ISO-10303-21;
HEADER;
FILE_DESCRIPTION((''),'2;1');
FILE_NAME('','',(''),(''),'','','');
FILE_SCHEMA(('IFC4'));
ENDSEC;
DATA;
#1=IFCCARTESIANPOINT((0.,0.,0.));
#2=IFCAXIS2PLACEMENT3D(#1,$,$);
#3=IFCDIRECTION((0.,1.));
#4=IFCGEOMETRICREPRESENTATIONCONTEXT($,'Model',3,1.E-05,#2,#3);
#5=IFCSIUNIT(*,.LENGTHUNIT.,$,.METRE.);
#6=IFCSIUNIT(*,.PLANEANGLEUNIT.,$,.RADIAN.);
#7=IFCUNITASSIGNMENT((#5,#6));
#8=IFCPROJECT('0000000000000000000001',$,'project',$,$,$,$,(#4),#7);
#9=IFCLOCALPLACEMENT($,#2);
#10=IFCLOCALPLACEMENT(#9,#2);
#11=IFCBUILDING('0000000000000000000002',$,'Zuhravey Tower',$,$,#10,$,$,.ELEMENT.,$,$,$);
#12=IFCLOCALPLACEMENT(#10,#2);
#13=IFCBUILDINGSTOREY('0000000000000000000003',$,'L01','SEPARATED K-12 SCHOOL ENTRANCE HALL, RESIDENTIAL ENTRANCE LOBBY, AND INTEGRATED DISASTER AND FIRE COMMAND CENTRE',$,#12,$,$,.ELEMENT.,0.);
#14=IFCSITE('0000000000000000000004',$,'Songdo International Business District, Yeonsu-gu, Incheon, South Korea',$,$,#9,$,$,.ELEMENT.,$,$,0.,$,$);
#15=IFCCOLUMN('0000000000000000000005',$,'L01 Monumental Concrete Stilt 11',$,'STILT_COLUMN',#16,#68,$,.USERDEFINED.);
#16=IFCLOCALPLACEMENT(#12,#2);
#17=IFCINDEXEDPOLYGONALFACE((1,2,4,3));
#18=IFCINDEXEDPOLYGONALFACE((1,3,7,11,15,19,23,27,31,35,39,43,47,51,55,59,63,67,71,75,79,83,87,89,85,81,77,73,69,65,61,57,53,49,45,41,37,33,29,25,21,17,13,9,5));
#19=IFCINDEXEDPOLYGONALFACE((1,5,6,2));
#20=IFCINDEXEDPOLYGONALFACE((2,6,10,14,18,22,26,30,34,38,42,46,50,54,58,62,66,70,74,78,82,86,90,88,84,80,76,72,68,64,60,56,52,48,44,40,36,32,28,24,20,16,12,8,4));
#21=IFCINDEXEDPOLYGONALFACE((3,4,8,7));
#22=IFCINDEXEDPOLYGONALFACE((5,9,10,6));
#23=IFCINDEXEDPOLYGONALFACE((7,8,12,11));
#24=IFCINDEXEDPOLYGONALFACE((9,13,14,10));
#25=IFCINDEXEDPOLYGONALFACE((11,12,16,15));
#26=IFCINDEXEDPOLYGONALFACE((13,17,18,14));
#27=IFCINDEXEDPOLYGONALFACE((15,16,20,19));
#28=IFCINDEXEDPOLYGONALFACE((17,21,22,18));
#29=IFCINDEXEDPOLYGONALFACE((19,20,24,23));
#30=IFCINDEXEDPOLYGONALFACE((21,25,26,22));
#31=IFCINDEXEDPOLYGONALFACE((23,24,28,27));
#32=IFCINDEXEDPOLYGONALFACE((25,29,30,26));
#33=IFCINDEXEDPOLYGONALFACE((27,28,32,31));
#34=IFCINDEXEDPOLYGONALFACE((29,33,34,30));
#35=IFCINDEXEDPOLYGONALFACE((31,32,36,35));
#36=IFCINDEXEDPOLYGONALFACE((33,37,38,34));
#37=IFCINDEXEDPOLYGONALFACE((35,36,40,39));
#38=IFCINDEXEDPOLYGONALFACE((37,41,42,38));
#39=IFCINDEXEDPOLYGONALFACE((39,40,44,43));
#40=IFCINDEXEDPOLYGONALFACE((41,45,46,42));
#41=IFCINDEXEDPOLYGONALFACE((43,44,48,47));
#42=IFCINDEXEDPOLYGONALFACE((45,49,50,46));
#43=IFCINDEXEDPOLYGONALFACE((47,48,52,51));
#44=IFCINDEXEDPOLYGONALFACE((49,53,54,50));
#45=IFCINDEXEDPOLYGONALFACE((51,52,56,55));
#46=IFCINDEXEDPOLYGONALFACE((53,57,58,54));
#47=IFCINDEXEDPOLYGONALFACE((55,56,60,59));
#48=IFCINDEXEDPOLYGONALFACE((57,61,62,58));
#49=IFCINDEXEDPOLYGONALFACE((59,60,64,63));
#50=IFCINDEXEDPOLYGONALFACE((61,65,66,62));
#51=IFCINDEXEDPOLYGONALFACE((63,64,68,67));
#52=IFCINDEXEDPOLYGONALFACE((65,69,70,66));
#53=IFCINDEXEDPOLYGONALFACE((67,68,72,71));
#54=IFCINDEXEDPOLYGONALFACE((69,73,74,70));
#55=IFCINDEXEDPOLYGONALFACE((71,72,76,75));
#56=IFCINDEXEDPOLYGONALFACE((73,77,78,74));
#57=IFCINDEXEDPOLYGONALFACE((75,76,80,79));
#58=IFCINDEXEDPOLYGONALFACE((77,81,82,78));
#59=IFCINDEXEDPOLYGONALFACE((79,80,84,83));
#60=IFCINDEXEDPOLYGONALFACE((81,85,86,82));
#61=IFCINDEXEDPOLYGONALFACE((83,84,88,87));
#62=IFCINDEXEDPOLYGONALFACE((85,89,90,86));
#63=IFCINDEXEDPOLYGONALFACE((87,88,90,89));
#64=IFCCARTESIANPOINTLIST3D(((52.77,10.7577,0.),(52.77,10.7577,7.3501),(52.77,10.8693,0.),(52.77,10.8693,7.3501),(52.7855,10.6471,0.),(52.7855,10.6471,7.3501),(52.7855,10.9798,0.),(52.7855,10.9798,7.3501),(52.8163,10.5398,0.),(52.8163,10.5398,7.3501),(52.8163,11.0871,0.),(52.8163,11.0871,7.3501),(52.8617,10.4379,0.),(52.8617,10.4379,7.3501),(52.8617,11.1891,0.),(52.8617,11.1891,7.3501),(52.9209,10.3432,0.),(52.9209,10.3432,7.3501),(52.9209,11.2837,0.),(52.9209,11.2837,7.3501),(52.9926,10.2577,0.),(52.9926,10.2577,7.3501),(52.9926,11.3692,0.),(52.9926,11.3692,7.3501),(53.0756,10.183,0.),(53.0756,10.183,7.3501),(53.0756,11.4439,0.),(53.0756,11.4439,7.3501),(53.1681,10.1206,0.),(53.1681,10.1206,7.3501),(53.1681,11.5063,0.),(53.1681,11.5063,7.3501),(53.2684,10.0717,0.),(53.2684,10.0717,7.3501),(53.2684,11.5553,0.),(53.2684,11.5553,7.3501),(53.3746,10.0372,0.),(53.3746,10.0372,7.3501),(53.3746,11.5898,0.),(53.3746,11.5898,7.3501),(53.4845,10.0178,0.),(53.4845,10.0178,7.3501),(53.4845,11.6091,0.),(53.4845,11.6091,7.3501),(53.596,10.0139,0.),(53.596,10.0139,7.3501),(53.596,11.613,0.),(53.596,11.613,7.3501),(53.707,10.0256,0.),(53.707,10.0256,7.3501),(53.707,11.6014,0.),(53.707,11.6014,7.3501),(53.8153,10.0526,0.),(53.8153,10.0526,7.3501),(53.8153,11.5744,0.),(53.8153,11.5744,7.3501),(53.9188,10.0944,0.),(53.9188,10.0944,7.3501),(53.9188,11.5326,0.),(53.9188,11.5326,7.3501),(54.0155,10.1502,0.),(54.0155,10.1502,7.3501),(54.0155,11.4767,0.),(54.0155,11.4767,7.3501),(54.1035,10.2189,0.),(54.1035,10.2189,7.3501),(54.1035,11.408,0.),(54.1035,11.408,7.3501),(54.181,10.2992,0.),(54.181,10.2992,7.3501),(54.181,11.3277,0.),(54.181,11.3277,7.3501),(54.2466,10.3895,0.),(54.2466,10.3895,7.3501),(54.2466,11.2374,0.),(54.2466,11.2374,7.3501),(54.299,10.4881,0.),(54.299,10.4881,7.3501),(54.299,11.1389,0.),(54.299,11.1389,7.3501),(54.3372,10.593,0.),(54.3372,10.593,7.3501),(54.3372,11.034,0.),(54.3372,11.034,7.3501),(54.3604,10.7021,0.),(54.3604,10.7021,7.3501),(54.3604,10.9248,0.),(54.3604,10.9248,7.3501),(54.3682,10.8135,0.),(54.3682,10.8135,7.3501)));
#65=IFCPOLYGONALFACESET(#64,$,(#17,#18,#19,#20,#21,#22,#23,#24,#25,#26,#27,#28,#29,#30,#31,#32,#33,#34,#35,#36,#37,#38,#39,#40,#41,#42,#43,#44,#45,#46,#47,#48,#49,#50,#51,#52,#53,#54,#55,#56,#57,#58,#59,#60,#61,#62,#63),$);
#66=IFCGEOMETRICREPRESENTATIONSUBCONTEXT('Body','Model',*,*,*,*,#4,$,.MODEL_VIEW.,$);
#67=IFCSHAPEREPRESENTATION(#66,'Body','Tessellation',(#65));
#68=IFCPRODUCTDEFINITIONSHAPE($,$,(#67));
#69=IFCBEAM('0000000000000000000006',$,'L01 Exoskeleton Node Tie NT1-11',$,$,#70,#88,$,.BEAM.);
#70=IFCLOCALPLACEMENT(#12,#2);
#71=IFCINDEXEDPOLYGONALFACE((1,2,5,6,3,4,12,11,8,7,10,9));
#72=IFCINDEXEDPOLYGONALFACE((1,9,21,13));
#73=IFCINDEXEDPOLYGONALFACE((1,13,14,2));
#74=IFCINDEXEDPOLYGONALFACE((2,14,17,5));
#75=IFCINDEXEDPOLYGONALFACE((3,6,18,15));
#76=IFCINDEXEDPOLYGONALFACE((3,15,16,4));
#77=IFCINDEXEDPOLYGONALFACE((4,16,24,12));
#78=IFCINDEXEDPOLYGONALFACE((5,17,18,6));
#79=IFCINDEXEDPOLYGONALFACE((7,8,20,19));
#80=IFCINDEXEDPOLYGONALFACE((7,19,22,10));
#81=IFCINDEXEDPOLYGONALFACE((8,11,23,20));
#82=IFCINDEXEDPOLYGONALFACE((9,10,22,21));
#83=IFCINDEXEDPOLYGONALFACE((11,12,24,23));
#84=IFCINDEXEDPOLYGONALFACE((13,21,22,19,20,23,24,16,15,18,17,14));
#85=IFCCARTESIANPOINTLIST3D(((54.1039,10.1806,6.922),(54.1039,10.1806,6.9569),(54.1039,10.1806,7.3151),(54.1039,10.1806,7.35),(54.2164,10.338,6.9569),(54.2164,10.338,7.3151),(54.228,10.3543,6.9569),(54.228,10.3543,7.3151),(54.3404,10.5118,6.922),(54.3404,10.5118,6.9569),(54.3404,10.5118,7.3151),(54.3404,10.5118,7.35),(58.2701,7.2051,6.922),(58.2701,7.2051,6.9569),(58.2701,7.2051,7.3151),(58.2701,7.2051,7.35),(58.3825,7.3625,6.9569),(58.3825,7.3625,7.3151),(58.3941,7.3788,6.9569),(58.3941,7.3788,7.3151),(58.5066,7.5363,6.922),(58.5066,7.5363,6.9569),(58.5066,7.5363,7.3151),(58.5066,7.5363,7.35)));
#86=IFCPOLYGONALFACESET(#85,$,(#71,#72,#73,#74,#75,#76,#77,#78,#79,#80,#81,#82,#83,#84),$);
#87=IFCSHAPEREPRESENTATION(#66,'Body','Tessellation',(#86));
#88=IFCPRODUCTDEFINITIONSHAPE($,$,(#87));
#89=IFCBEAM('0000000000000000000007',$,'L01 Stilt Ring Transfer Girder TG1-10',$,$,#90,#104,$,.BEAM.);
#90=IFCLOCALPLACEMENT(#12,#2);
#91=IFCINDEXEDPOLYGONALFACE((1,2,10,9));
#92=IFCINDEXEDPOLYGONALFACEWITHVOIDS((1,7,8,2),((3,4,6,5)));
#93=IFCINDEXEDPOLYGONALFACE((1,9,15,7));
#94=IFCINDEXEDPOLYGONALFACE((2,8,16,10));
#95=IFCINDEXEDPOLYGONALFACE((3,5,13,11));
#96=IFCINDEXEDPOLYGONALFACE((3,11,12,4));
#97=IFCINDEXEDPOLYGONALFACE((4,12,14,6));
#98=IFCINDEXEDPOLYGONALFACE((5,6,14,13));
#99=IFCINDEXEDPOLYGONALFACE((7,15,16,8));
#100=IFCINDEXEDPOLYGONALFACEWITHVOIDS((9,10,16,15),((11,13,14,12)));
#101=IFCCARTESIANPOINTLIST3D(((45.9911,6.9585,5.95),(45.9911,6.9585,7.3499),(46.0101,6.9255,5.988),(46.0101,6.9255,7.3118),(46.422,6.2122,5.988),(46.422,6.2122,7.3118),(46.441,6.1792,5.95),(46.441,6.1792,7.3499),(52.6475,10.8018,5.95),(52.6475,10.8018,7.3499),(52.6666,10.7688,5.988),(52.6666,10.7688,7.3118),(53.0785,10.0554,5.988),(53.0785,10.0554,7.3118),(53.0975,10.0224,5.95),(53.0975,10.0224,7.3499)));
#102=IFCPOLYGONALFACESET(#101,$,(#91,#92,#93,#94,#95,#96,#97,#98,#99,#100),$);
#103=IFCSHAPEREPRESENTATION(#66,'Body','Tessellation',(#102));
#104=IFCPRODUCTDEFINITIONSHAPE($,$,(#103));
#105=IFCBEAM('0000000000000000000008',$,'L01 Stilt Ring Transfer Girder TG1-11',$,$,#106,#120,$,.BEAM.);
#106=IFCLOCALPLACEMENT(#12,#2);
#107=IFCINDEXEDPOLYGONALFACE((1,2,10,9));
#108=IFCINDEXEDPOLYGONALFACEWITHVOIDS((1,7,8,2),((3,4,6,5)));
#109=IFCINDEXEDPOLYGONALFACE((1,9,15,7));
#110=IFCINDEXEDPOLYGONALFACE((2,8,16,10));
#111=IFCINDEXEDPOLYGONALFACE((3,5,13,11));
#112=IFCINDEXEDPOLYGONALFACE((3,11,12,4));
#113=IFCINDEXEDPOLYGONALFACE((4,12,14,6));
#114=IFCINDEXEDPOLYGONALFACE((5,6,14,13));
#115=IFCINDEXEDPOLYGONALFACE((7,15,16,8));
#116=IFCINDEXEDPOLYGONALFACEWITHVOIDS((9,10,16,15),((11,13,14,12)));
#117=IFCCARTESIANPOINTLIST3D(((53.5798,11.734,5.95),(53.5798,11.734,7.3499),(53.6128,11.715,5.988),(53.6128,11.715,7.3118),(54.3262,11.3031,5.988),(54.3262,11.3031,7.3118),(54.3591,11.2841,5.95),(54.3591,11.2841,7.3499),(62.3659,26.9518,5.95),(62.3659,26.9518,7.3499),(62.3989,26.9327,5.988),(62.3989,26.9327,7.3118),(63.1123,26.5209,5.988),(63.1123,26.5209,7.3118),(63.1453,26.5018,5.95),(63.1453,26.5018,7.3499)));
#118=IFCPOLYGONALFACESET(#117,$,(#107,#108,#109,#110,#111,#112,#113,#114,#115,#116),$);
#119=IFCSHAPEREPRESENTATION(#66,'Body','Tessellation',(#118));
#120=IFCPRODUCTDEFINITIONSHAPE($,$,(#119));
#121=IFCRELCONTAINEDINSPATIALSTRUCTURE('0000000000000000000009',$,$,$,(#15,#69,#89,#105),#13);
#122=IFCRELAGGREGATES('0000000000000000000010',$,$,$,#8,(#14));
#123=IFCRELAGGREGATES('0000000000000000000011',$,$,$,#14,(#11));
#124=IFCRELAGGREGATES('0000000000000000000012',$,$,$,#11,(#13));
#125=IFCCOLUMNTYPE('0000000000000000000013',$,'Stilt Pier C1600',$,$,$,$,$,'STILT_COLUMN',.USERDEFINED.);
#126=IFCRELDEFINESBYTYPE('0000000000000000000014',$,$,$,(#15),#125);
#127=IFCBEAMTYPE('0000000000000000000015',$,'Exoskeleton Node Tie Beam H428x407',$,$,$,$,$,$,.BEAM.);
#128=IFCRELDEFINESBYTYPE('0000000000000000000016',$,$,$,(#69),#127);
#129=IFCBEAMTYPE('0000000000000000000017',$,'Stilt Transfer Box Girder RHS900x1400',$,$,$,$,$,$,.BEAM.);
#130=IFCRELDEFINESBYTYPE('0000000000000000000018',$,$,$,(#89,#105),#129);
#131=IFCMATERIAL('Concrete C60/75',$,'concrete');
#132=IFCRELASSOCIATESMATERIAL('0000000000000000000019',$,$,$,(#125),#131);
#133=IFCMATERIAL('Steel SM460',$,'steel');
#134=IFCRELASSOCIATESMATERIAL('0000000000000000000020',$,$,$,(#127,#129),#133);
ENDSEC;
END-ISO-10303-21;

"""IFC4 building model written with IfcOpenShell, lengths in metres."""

from ifc_helpers import new_model, si_unit, direction, frame, origin, origin_2d, place, context, subcontext, project, spatial, hollow_rectangle, circle, i_section, extrude, material, material_profile, profile_set, type_object, element, save


model = new_model("IFC4")

# Units and contexts
model_context = context("Model", 3, precision=1e-05, world=origin(), true_north=direction((0.0, 1.0)))
body_context = subcontext(model_context, "Body", "Model", "MODEL_VIEW")
ifc_project = project(units=[si_unit("LENGTHUNIT", "METRE"), si_unit("PLANEANGLEUNIT", "RADIAN")], contexts=[model_context])

# Site, building, storey
site_placement = place(None, origin())
site = spatial("IfcSite", under=ifc_project, at=site_placement, Name="Songdo International Business District, Yeonsu-gu, Incheon, South Korea", CompositionType="ELEMENT", RefElevation=0.0)
building_placement = place(site_placement, origin())
building = spatial("IfcBuilding", under=site, at=building_placement, Name="Zuhravey Tower", CompositionType="ELEMENT")
storey_placement = place(building_placement, origin())
storey = spatial("IfcBuildingStorey", under=building, at=storey_placement, Name="L01", Description="SEPARATED K-12 SCHOOL ENTRANCE HALL, RESIDENTIAL ENTRANCE LOBBY, AND INTEGRATED DISASTER AND FIRE COMMAND CENTRE", CompositionType="ELEMENT", Elevation=0.0)

# Column
ifc_material_1 = material(Name="Concrete C60/75", Category="concrete")
ifc_material_profile_1 = material_profile(ifc_material_1, circle(Radius=0.8, at=origin_2d()), Name="RC-CIRC-1600")
ifc_profile_set_1 = profile_set([ifc_material_profile_1], Name="Concrete C60/75")
column_type_1 = type_object("IfcColumnType", Name="Stilt Pier C1600", ElementType="STILT_COLUMN", PredefinedType="USERDEFINED", material=ifc_profile_set_1)
column_placement = place(storey_placement, frame((53.5681, 10.8135, 0.0), z_axis=(0.0, 0.0, 1.0), x_axis=(1.0, 0.0, 0.0)))
element("IfcColumn", 1, at=column_placement, inside=storey, type_object=column_type_1, Name="L01 Monumental Concrete Stilt 11", ObjectType="STILT_COLUMN", PredefinedType="USERDEFINED", context=body_context, shape_type="SweptSolid", body=[
    extrude(circle(Radius=0.8, at=origin_2d()), origin(), (0.0, 0.0, 1.0), 7.3501),
])

# Beams
ifc_material_2 = material(Name="Steel SM460", Category="steel")
ifc_material_profile_2 = material_profile(ifc_material_2, i_section(OverallWidth=0.407, OverallDepth=0.428, WebThickness=0.02, FlangeThickness=0.0349, at=origin_2d()), Name="H-428x407x20x35")
ifc_profile_set_2 = profile_set([ifc_material_profile_2], Name="Steel SM460")
beam_type_1 = type_object("IfcBeamType", Name="Exoskeleton Node Tie Beam H428x407", PredefinedType="BEAM", material=ifc_profile_set_2)
beam_1_placement = place(storey_placement, frame((54.2222, 10.3462, 7.136), z_axis=(0.813762, -0.581198, 0.0), x_axis=(0.581198, 0.813762, 0.0)))
element("IfcBeam", 2, at=beam_1_placement, inside=storey, type_object=beam_type_1, Name="L01 Exoskeleton Node Tie NT1-11", PredefinedType="BEAM", context=body_context, shape_type="SweptSolid", body=[
    extrude(i_section(OverallWidth=0.407, OverallDepth=0.428, WebThickness=0.02, FlangeThickness=0.0349, at=origin_2d()), origin(), (0.0, 0.0, 1.0), 5.1196),
])
ifc_material_profile_3 = material_profile(ifc_material_2, hollow_rectangle(XDim=0.8999, YDim=1.3999, WallThickness=0.0381, at=origin_2d()), Name="RHS-900x1400x38")
ifc_profile_set_3 = profile_set([ifc_material_profile_3], Name="Steel SM460")
beam_type_2 = type_object("IfcBeamType", Name="Stilt Transfer Box Girder RHS900x1400", PredefinedType="BEAM", material=ifc_profile_set_3)
beam_2_placement = place(storey_placement, frame((46.2161, 6.5688, 6.6499), z_axis=(0.866018, 0.500013, 0.0), x_axis=(-0.500013, 0.866018, 0.0)))
element("IfcBeam", 3, at=beam_2_placement, inside=storey, type_object=beam_type_2, Name="L01 Stilt Ring Transfer Girder TG1-10", PredefinedType="BEAM", context=body_context, shape_type="SweptSolid", body=[
    extrude(hollow_rectangle(XDim=0.8999, YDim=1.3999, WallThickness=0.0381, at=origin_2d()), origin(), (0.0, 0.0, 1.0), 7.6863),
])
beam_3_placement = place(storey_placement, frame((53.9695, 11.509, 6.6499), z_axis=(0.500006, 0.866022, 0.0), x_axis=(-0.866022, 0.500006, 0.0)))
element("IfcBeam", 4, at=beam_3_placement, inside=storey, type_object=beam_type_2, Name="L01 Stilt Ring Transfer Girder TG1-11", PredefinedType="BEAM", context=body_context, shape_type="SweptSolid", body=[
    extrude(hollow_rectangle(XDim=0.8999, YDim=1.3999, WallThickness=0.0381, at=origin_2d()), origin(), (0.0, 0.0, 1.0), 17.572),
])

save(model, "model.ifc")
